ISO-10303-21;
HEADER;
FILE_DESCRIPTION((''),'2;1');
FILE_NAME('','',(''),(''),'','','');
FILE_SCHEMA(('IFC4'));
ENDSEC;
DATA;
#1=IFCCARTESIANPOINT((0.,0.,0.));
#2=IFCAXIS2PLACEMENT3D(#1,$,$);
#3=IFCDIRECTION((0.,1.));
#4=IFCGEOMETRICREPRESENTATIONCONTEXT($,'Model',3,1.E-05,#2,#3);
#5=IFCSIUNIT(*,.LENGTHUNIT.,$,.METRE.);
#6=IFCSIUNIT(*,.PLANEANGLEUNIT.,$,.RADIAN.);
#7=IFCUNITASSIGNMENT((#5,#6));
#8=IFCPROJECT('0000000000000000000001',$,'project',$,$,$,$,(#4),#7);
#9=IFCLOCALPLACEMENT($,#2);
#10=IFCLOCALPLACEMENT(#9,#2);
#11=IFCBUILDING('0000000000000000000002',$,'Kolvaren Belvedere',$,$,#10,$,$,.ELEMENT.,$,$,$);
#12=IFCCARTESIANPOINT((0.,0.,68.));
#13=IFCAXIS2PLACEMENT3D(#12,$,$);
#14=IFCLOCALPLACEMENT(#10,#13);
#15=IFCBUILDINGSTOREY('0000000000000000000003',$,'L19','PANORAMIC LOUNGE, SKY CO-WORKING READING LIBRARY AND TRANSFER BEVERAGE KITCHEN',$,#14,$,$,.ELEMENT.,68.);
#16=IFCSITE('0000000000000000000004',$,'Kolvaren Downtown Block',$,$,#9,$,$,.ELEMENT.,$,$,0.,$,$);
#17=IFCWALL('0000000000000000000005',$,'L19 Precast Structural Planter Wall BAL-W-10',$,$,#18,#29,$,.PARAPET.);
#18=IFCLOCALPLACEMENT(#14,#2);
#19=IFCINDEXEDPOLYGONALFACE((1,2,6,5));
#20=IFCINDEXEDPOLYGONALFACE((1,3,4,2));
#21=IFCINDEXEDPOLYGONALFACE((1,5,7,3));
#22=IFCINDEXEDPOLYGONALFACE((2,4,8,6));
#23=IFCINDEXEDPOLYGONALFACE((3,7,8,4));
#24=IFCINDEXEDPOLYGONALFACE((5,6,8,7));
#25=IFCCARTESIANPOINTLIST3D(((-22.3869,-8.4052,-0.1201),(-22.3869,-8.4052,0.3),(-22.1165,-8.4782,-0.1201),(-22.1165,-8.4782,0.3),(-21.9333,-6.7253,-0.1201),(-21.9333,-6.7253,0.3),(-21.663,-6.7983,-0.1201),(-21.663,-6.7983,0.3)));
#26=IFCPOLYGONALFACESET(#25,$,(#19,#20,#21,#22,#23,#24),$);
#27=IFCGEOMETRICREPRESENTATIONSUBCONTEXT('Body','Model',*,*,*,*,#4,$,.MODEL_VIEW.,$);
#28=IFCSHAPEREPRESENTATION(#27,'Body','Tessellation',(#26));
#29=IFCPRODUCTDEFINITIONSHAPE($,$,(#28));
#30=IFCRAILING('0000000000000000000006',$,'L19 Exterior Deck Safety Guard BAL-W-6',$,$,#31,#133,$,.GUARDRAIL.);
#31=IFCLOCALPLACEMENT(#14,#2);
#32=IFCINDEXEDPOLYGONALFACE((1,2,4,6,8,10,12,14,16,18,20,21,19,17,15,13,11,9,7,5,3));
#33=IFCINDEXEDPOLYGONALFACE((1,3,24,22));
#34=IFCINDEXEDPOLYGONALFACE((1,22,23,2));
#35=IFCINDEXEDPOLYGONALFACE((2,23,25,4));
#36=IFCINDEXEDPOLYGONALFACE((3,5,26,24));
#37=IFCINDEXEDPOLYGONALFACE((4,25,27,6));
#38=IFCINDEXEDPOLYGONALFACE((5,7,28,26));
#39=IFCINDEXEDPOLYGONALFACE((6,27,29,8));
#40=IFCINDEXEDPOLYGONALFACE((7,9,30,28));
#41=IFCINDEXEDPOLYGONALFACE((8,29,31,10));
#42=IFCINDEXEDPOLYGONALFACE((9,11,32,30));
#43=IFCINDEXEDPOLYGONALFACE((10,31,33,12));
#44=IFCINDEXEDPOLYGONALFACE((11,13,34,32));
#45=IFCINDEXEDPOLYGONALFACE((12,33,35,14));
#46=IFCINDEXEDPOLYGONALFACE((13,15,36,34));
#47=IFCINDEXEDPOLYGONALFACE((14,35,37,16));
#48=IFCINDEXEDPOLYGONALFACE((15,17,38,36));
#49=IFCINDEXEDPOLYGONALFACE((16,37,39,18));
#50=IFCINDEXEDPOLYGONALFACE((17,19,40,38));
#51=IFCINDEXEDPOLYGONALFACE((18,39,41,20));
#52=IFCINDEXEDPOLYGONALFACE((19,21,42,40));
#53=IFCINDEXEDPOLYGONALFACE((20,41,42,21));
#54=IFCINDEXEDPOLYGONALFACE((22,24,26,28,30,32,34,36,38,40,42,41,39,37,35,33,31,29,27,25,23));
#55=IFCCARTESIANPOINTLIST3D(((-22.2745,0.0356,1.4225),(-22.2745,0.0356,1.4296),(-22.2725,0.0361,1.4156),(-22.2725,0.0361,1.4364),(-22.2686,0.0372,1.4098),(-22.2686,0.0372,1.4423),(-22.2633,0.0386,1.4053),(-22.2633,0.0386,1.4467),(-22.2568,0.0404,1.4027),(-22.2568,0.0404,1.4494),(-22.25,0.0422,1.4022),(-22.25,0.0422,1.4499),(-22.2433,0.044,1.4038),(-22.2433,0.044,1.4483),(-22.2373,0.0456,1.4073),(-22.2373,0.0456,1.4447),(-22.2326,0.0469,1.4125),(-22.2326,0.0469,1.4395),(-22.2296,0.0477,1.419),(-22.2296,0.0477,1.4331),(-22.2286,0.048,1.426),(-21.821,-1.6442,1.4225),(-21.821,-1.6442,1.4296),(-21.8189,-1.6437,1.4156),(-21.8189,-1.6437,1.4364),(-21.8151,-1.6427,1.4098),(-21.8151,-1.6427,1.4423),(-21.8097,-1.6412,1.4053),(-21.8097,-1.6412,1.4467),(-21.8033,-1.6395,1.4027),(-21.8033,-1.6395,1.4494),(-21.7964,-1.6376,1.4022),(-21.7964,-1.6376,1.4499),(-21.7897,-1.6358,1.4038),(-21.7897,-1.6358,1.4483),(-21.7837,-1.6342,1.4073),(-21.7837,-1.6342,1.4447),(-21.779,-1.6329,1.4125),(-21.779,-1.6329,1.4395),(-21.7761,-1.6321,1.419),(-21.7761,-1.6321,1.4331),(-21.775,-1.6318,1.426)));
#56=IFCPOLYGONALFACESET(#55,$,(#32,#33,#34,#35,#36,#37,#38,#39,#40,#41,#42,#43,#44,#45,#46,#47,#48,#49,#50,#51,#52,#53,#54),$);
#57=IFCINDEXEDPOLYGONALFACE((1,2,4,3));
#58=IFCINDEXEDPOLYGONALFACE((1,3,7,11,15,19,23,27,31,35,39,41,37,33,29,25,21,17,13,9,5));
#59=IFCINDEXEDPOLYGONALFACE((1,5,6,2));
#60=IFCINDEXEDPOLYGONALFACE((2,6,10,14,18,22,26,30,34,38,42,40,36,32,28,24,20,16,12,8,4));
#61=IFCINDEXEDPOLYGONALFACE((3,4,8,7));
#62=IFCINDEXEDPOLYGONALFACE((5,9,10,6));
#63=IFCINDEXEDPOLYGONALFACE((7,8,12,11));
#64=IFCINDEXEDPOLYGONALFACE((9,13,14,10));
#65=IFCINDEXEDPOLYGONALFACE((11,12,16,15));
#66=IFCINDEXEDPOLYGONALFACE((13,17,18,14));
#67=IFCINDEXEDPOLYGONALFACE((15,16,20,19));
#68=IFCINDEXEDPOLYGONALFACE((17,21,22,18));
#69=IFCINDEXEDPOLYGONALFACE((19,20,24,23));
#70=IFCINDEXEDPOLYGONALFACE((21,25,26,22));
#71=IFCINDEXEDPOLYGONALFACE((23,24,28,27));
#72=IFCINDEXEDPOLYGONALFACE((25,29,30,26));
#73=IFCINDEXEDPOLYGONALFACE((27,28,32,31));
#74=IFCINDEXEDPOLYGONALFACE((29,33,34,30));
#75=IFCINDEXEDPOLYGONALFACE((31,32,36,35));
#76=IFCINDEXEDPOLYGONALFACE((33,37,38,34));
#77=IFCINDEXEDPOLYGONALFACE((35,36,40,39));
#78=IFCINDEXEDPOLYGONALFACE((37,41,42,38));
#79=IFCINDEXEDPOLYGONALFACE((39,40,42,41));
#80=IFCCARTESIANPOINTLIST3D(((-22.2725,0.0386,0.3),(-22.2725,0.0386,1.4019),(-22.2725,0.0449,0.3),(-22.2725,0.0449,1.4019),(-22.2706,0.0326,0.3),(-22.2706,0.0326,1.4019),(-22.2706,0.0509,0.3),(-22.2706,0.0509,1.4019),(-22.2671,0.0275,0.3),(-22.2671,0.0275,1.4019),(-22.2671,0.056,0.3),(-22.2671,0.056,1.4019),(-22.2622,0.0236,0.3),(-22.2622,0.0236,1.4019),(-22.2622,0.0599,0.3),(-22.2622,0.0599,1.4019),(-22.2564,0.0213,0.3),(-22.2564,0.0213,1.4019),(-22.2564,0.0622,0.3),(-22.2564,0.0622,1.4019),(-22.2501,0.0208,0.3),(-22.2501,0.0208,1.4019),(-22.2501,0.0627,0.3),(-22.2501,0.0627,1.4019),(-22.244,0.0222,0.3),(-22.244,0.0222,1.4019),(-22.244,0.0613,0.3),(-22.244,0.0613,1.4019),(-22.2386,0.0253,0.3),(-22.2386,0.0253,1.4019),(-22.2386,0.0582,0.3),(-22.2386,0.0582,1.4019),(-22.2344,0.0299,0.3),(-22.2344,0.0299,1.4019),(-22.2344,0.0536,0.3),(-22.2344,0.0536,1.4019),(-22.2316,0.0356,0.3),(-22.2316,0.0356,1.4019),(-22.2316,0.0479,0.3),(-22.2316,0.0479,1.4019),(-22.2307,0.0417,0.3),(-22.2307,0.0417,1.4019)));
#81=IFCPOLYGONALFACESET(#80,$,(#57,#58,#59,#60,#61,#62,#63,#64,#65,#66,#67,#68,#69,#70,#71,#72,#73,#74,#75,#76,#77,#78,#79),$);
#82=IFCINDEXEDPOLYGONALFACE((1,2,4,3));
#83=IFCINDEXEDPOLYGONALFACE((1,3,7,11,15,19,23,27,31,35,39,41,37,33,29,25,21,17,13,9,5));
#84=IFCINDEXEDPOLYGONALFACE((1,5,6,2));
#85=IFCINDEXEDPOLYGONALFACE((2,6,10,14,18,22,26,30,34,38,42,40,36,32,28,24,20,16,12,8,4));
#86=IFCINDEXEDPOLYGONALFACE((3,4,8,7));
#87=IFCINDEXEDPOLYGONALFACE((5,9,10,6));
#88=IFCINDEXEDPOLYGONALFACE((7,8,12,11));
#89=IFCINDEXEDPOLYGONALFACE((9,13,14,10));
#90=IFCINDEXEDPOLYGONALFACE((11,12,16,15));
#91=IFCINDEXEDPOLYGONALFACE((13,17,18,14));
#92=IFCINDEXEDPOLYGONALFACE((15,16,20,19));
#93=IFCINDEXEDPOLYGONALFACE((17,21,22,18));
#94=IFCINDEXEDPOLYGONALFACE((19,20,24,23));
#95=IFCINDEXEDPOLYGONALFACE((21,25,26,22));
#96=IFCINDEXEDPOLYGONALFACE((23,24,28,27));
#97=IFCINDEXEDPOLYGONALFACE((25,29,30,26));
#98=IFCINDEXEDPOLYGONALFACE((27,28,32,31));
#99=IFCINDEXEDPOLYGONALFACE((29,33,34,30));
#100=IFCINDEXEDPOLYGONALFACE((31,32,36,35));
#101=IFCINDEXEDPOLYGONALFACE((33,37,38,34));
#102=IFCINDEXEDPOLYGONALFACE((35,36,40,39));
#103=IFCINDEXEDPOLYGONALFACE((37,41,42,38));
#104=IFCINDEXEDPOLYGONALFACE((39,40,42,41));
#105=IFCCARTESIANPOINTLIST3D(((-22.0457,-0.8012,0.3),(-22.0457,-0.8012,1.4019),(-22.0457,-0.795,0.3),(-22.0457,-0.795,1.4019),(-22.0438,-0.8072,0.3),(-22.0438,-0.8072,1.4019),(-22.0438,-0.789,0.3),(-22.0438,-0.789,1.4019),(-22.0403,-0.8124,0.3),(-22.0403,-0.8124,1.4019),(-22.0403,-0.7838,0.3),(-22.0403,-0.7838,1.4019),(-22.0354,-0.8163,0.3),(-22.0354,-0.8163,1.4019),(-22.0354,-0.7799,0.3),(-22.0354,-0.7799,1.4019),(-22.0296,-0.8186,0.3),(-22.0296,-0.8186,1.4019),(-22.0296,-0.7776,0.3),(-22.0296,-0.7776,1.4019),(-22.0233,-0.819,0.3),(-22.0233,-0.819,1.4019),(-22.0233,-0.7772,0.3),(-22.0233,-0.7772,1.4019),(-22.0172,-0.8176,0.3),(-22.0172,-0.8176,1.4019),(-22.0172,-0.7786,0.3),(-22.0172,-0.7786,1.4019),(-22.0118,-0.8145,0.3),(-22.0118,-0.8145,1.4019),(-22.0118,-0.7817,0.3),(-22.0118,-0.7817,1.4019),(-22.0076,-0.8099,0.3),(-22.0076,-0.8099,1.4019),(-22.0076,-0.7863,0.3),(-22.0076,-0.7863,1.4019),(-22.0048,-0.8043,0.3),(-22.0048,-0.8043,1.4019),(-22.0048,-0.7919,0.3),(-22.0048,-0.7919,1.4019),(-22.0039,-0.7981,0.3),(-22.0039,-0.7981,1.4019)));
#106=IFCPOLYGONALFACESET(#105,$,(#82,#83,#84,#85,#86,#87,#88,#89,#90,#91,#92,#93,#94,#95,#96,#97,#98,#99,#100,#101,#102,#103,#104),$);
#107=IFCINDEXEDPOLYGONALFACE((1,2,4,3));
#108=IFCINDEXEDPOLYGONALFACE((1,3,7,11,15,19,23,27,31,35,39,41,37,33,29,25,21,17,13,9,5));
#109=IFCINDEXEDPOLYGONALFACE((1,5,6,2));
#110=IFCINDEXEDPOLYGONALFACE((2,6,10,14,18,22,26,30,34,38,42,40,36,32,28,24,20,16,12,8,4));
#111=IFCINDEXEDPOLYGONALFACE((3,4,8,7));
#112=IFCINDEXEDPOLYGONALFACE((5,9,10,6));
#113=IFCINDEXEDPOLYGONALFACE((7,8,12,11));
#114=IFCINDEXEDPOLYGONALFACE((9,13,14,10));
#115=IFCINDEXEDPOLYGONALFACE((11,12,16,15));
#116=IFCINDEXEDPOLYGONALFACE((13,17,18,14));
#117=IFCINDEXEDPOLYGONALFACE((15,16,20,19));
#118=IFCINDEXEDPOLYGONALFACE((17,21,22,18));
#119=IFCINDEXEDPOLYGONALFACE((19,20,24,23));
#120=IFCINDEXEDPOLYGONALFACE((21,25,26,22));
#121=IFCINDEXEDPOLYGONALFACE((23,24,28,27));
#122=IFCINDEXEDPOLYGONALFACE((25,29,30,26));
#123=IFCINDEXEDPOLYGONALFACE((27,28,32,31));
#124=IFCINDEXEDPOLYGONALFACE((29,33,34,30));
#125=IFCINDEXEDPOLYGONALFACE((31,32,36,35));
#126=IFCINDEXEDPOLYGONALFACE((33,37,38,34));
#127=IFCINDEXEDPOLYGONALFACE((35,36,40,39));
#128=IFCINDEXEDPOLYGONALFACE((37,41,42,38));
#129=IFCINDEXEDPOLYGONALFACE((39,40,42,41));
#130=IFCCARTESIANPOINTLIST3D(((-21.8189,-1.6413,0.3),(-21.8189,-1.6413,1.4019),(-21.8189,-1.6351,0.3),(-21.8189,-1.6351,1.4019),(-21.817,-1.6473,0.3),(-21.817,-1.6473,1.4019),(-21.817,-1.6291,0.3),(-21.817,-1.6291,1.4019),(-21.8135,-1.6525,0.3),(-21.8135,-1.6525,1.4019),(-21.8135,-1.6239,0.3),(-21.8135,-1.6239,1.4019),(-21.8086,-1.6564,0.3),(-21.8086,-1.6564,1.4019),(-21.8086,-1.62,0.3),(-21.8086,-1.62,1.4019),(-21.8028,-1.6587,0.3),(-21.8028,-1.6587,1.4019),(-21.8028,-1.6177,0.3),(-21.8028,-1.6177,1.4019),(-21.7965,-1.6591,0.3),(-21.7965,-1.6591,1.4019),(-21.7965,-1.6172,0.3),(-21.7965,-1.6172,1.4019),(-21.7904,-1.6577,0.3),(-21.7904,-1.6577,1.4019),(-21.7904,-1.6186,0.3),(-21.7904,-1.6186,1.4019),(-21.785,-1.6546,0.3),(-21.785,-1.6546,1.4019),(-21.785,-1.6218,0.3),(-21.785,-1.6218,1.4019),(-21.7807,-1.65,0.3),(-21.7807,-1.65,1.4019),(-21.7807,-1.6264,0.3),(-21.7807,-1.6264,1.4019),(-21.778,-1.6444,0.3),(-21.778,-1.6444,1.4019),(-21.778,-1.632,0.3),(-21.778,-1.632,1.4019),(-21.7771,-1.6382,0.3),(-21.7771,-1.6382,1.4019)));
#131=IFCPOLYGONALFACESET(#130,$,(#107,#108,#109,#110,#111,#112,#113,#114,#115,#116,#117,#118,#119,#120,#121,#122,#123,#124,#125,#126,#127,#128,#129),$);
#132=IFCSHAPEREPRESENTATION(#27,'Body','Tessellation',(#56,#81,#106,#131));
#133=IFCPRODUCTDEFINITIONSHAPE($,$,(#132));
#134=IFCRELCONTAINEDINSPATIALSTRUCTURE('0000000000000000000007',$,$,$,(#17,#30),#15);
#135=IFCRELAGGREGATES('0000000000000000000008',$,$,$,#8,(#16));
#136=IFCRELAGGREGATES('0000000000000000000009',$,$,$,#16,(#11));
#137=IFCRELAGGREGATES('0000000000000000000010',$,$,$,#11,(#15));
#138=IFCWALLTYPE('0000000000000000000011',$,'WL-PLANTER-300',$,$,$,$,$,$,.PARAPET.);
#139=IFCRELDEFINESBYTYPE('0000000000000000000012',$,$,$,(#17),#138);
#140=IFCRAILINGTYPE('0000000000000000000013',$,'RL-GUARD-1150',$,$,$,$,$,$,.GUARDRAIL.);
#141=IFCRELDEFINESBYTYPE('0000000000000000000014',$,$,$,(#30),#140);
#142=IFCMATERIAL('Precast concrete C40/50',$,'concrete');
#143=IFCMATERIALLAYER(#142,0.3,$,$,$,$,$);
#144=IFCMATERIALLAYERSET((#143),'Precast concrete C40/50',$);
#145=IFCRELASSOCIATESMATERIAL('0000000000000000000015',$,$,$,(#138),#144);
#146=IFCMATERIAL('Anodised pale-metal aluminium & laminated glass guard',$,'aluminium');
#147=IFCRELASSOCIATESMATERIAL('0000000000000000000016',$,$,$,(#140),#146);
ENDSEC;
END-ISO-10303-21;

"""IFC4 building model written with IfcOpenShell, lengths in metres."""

from ifc_helpers import new_model, si_unit, direction, frame, frame_2d, origin, origin_2d, place, context, subcontext, project, spatial, rectangle, circle, extrude, material, layer, layer_set, type_object, element, save


model = new_model("IFC4")

# Units and contexts
model_context = context("Model", 3, precision=1e-05, world=origin(), true_north=direction((0.0, 1.0)))
body_context = subcontext(model_context, "Body", "Model", "MODEL_VIEW")
ifc_project = project(units=[si_unit("LENGTHUNIT", "METRE"), si_unit("PLANEANGLEUNIT", "RADIAN")], contexts=[model_context])

# Site, building, storey
site_placement = place(None, origin())
site = spatial("IfcSite", under=ifc_project, at=site_placement, Name="Kolvaren Downtown Block", CompositionType="ELEMENT", RefElevation=0.0)
building_placement = place(site_placement, origin())
building = spatial("IfcBuilding", under=site, at=building_placement, Name="Kolvaren Belvedere", CompositionType="ELEMENT")
storey_placement = place(building_placement, frame((0.0, 0.0, 68.0)))
storey = spatial("IfcBuildingStorey", under=building, at=storey_placement, Name="L19", Description="PANORAMIC LOUNGE, SKY CO-WORKING READING LIBRARY AND TRANSFER BEVERAGE KITCHEN", CompositionType="ELEMENT", Elevation=68.0)

# Wall
ifc_material_1 = material(Name="Precast concrete C40/50", Category="concrete")
ifc_layer_1 = layer(ifc_material_1, 0.3)
ifc_layer_set_1 = layer_set([ifc_layer_1], Name="Precast concrete C40/50")
wall_type_1 = type_object("IfcWallType", Name="WL-PLANTER-300", PredefinedType="PARAPET", material=ifc_layer_set_1)
wall_1_placement = place(storey_placement, frame((-21.7981, -6.7617, -0.1201), z_axis=(0.0, 0.0, 1.0), x_axis=(-0.260683, -0.965424, 0.0)))
element("IfcWall", 1, at=wall_1_placement, inside=storey, type_object=wall_type_1, Name="L19 Precast Structural Planter Wall BAL-W-10", PredefinedType="PARAPET", context=body_context, shape_type="SweptSolid", body=[
    extrude(rectangle(XDim=1.74, YDim=0.28, at=frame_2d((0.8701, 0.0))), origin(), (0.0, 0.0, 1.0), 0.4202),
])

# Railing
ifc_material_2 = material(Name="Anodised pale-metal aluminium & laminated glass guard", Category="aluminium")
railing_type = type_object("IfcRailingType", Name="RL-GUARD-1150", PredefinedType="GUARDRAIL", material=ifc_material_2)
railing_1_placement = place(storey_placement, frame((-22.2517, 0.0417, 0.3)))
element("IfcRailing", 2, at=railing_1_placement, inside=storey, type_object=railing_type, Name="L19 Exterior Deck Safety Guard BAL-W-6", PredefinedType="GUARDRAIL", context=body_context, shape_type="SweptSolid", body=[
    extrude(circle(Radius=0.0239, at=origin_2d()), frame((0.0, 0.0, 1.126), z_axis=(0.260683, -0.965424, 0.0), x_axis=(0.965424, 0.260683, 0.0)), (0.0, 0.0, 1.0), 1.74),
    extrude(circle(Radius=0.021, at=origin_2d()), origin(), (0.0, 0.0, 1.0), 1.1018),
    extrude(circle(Radius=0.021, at=origin_2d()), frame((0.2268, -0.8398, 0.0)), (0.0, 0.0, 1.0), 1.1018),
    extrude(circle(Radius=0.021, at=origin_2d()), frame((0.4536, -1.6799, 0.0)), (0.0, 0.0, 1.0), 1.1018),
])

save(model, "model.ifc")
